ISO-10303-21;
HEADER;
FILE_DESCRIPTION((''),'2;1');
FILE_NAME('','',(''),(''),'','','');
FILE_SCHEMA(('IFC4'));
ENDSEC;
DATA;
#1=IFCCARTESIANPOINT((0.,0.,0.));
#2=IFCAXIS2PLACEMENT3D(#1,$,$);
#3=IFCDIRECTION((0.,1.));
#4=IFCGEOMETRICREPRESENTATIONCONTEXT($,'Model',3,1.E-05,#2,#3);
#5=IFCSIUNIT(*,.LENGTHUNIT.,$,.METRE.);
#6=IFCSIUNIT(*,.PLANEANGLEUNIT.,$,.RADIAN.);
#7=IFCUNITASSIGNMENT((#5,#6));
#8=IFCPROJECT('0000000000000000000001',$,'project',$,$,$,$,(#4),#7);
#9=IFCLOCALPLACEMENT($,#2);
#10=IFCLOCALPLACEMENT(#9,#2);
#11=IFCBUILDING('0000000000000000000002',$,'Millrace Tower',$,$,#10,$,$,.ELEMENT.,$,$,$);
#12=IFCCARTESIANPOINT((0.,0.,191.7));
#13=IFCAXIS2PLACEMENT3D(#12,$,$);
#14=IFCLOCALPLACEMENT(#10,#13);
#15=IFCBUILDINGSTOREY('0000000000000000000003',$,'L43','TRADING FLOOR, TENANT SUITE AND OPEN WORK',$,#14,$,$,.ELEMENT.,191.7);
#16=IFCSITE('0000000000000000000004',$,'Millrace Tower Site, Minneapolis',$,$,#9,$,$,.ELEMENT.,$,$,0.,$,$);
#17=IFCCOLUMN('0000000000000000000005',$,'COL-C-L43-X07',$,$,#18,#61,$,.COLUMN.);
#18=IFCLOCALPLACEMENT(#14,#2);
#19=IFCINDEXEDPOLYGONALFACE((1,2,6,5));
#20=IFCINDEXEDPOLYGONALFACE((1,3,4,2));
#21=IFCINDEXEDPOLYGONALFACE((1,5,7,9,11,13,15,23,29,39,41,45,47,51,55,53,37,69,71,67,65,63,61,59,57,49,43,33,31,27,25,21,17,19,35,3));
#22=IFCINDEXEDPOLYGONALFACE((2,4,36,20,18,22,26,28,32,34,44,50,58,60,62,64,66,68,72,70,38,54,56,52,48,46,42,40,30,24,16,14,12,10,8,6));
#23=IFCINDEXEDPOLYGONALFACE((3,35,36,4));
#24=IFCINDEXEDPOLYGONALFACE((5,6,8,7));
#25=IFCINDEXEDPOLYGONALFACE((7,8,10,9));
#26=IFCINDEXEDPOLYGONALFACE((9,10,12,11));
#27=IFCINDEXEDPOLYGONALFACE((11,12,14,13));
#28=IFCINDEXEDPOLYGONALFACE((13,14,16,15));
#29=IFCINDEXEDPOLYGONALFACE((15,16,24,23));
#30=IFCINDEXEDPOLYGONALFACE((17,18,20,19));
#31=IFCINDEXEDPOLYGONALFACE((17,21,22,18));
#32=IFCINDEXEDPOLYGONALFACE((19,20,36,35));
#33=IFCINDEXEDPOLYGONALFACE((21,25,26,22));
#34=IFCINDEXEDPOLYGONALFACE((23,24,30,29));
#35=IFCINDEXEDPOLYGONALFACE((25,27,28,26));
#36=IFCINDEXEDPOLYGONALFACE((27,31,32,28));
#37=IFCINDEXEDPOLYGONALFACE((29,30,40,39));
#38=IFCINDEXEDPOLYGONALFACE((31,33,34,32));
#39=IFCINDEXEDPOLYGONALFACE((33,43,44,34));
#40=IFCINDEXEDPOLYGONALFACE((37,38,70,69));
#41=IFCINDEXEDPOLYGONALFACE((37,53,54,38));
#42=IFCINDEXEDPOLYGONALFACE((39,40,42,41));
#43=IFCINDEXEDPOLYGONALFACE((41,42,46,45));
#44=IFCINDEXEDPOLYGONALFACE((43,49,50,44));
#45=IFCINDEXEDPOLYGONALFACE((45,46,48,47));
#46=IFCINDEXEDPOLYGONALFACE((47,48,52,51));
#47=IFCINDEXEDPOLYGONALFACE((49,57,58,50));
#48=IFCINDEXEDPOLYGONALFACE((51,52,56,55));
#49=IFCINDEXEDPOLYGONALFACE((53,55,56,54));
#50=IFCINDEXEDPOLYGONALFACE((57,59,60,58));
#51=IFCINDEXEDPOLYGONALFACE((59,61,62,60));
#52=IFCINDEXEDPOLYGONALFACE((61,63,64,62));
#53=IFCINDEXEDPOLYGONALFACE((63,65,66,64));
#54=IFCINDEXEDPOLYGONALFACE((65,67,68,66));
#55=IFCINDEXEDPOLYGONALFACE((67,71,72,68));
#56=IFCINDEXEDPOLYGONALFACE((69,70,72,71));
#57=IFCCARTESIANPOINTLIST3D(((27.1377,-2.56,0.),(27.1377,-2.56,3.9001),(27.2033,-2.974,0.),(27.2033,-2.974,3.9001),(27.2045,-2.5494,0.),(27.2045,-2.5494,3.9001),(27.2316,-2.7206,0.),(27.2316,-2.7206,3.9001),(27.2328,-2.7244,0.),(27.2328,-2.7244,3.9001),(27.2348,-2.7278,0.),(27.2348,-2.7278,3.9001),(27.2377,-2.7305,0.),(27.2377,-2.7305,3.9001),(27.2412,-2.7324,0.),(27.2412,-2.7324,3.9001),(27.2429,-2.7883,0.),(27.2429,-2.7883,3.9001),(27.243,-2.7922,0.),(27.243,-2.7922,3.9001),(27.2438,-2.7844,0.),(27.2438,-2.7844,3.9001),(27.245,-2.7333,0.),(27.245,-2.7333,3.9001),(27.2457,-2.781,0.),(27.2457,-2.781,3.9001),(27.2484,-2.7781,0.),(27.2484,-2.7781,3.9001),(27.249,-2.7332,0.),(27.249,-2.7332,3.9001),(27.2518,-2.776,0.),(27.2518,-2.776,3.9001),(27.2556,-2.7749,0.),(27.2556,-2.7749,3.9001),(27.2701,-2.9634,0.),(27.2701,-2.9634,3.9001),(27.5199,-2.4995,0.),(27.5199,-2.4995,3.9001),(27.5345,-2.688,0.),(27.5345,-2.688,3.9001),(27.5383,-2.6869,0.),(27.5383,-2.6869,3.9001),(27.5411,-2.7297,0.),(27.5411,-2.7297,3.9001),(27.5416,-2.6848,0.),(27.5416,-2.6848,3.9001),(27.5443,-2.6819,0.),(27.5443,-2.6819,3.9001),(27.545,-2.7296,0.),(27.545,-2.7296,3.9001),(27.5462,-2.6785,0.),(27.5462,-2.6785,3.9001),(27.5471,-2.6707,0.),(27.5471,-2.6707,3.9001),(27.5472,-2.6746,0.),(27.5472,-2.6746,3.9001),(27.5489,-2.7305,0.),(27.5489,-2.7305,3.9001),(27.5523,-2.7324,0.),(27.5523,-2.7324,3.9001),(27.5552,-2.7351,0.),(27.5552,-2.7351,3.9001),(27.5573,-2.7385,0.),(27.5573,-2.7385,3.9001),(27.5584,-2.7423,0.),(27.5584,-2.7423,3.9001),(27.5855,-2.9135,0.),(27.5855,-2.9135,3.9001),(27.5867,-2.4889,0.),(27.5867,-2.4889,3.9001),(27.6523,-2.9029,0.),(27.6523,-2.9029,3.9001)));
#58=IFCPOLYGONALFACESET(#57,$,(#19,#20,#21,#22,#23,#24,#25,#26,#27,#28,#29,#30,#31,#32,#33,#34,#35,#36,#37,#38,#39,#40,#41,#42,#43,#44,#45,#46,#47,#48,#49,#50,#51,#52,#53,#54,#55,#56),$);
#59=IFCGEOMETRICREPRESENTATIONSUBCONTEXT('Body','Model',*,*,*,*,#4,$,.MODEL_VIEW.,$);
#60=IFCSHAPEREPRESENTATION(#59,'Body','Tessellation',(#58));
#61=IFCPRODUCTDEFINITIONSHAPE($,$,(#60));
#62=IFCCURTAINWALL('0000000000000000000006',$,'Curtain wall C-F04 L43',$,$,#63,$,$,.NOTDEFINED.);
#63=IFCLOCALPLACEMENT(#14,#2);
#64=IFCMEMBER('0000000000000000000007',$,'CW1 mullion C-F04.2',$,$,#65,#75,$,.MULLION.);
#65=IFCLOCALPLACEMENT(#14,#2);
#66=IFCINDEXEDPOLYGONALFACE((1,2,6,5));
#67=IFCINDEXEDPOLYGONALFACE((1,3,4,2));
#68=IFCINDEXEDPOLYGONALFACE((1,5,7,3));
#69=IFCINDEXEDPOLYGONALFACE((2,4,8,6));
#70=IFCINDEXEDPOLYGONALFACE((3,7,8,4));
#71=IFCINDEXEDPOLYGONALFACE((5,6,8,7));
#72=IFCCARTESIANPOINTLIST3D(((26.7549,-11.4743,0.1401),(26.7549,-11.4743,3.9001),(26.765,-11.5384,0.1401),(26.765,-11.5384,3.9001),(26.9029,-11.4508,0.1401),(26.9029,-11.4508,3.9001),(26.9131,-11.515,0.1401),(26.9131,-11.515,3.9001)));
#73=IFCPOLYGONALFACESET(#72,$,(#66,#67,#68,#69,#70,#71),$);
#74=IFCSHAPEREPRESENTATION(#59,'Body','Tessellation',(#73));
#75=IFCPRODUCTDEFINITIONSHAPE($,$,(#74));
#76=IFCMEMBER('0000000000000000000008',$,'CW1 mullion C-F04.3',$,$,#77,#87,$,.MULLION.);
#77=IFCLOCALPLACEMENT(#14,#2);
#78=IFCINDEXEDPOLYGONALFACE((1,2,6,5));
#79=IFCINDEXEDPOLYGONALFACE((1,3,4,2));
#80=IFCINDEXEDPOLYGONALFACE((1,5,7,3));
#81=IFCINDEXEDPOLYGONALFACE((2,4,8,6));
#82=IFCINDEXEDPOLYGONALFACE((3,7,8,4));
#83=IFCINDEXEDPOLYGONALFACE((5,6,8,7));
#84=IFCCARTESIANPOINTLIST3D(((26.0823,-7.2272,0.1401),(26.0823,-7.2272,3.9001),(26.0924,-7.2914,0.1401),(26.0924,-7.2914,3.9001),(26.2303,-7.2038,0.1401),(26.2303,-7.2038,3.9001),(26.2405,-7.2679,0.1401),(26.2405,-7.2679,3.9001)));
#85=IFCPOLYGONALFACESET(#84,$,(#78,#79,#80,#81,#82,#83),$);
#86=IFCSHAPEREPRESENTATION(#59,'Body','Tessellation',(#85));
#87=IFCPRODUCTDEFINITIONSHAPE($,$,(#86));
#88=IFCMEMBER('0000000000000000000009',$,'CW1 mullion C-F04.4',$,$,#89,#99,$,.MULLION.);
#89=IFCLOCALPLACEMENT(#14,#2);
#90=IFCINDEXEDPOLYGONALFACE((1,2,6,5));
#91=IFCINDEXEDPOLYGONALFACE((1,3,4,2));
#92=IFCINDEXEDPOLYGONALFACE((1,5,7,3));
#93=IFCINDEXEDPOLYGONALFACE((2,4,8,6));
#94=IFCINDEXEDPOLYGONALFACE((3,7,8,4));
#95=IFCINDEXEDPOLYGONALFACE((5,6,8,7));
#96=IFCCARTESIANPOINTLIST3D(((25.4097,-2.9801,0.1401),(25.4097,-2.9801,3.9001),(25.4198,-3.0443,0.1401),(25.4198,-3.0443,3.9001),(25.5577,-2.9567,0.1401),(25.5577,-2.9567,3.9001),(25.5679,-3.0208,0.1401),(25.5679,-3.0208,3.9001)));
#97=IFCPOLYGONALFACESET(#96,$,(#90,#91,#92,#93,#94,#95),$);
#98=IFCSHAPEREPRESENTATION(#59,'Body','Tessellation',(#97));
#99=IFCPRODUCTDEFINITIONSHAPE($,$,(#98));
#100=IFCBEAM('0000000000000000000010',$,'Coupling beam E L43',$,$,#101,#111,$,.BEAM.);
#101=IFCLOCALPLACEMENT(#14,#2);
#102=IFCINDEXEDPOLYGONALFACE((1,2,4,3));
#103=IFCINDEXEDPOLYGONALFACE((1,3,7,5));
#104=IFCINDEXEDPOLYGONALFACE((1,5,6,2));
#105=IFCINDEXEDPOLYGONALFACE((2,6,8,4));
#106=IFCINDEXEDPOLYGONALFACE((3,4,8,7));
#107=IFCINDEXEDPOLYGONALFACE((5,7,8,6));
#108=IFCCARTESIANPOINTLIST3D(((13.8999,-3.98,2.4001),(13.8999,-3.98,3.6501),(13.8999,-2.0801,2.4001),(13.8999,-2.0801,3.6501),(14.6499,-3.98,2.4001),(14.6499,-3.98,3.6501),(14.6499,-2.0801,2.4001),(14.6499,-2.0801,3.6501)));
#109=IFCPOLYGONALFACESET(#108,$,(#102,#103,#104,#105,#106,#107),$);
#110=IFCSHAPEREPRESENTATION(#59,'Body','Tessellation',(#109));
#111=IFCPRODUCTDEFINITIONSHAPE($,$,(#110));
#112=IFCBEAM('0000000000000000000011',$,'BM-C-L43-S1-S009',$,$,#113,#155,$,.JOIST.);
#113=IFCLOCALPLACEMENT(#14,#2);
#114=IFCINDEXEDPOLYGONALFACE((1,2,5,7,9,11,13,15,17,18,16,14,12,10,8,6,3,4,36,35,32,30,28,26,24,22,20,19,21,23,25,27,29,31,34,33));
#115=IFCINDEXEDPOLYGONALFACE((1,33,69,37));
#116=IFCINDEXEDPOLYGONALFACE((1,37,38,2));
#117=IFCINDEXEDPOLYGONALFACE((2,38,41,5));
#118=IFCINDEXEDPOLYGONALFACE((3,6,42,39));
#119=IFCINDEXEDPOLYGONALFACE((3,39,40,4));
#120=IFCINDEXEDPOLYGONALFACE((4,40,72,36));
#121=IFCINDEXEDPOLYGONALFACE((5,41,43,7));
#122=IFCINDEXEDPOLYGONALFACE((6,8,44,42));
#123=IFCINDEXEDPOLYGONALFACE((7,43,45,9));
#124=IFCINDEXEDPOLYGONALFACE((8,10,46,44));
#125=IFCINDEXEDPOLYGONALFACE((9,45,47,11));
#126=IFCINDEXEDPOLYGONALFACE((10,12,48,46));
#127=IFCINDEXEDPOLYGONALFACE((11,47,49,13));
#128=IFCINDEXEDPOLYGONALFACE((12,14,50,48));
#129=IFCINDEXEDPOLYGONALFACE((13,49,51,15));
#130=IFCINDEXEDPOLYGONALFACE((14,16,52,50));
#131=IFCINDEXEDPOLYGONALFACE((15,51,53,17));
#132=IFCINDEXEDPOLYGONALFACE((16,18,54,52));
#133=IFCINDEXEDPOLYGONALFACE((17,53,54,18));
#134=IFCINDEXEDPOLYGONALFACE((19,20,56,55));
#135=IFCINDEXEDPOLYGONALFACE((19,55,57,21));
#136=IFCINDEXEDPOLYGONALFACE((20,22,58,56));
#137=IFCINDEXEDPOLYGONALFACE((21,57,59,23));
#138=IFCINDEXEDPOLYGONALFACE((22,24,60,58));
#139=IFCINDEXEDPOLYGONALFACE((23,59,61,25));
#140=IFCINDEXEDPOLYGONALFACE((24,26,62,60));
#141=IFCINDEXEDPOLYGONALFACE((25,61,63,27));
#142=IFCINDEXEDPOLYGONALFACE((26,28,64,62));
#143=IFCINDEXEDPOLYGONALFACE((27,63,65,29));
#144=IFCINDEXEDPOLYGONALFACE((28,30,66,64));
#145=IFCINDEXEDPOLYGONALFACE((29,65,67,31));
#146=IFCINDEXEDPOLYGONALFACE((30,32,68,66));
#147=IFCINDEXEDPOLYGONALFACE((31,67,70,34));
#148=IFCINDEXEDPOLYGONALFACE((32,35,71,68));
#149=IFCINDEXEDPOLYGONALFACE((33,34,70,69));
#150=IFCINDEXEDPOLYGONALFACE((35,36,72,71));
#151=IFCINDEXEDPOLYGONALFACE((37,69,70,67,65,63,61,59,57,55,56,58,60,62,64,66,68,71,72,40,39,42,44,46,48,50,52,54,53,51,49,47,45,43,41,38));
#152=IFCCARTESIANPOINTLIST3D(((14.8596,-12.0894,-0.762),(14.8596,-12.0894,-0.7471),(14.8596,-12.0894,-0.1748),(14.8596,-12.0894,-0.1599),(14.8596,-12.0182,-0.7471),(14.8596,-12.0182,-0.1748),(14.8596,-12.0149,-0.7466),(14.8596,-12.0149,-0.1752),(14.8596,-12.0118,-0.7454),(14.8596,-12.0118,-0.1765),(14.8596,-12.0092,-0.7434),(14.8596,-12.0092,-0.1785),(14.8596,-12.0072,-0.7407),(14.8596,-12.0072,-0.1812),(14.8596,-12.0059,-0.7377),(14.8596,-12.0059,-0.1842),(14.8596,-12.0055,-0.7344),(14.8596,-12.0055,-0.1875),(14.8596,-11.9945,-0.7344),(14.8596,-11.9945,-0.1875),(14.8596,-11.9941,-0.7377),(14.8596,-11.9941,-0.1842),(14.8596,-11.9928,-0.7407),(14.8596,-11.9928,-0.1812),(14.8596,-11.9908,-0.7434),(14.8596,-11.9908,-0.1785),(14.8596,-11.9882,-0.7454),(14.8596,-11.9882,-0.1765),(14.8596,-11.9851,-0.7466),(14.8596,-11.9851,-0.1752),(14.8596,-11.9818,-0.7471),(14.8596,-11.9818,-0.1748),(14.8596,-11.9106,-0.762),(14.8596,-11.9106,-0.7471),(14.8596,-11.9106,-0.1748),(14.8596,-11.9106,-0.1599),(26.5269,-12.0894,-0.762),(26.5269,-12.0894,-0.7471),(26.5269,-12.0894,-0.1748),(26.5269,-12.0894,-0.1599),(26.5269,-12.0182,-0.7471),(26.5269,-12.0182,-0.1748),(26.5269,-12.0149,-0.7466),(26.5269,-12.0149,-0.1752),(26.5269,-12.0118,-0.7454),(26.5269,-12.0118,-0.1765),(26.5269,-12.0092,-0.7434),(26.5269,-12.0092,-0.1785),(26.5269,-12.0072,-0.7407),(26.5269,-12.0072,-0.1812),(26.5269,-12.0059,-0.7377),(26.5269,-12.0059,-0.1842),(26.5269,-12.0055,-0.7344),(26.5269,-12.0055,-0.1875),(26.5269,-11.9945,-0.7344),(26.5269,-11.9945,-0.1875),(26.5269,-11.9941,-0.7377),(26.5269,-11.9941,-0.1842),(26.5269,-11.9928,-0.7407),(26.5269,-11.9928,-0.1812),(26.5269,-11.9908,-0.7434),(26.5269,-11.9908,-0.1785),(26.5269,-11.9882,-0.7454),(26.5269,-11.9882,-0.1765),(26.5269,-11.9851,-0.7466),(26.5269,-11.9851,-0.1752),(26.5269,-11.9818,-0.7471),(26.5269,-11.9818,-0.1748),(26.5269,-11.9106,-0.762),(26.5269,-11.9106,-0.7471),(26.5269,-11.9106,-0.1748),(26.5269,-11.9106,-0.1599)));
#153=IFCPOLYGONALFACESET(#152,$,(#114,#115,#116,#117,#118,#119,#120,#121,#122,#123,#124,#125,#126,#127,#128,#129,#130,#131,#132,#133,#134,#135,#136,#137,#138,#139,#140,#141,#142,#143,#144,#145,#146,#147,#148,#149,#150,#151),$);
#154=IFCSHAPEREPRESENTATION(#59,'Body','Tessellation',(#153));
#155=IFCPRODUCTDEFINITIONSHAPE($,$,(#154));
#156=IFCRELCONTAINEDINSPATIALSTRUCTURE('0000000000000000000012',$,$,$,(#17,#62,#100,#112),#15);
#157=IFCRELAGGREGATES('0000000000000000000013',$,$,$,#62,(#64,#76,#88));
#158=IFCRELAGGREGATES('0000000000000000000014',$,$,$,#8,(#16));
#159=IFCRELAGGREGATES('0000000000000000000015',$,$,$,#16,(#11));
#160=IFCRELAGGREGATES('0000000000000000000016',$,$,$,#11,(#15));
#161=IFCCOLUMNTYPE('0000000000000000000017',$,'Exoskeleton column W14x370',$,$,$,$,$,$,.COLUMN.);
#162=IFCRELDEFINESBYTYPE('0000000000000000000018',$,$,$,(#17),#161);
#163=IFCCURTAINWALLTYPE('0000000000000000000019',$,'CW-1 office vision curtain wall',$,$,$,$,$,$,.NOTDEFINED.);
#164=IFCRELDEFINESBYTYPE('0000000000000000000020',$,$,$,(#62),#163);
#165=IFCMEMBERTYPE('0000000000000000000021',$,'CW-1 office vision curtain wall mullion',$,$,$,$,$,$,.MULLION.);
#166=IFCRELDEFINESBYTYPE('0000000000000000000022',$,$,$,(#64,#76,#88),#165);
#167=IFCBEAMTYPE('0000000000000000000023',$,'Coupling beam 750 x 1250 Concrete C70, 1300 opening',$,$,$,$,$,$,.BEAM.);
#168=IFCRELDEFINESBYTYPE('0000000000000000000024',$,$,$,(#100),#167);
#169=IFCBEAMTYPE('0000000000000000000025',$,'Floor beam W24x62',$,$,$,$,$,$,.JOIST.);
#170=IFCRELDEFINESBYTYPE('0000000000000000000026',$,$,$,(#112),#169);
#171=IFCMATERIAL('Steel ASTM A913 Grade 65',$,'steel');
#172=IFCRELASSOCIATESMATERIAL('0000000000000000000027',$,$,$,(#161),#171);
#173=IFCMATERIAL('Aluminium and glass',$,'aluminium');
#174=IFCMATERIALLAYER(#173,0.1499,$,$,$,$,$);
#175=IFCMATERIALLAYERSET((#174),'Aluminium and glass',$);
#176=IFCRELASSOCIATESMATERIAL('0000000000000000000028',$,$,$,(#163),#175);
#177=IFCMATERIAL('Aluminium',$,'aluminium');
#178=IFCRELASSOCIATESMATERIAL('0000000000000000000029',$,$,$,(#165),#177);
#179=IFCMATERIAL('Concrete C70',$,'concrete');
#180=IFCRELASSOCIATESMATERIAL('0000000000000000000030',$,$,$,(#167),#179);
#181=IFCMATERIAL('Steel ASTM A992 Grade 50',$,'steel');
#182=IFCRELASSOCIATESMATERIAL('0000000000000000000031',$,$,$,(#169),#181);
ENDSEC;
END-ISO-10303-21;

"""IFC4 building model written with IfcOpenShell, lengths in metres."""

from ifc_helpers import new_model, si_unit, direction, frame, origin, origin_2d, place, context, subcontext, project, spatial, rectangle, i_section, extrude, material, layer, layer_set, material_profile, profile_set, type_object, element, aggregate, save


model = new_model("IFC4")

# Units and contexts
model_context = context("Model", 3, precision=1e-05, world=origin(), true_north=direction((0.0, 1.0)))
body_context = subcontext(model_context, "Body", "Model", "MODEL_VIEW")
ifc_project = project(units=[si_unit("LENGTHUNIT", "METRE"), si_unit("PLANEANGLEUNIT", "RADIAN")], contexts=[model_context])

# Site, building, storey
site_placement = place(None, origin())
site = spatial("IfcSite", under=ifc_project, at=site_placement, Name="Millrace Tower Site, Minneapolis", CompositionType="ELEMENT", RefElevation=0.0)
building_placement = place(site_placement, origin())
building = spatial("IfcBuilding", under=site, at=building_placement, Name="Millrace Tower", CompositionType="ELEMENT")
storey_placement = place(building_placement, frame((0.0, 0.0, 191.7)))
storey = spatial("IfcBuildingStorey", under=building, at=storey_placement, Name="L43", Description="TRADING FLOOR, TENANT SUITE AND OPEN WORK", CompositionType="ELEMENT", Elevation=191.7)

# Column
ifc_material_1 = material(Name="Steel ASTM A913 Grade 65", Category="steel")
ifc_material_profile_1 = material_profile(ifc_material_1, i_section(OverallWidth=0.4192, OverallDepth=0.4546, WebThickness=0.0422, FlangeThickness=0.0676, FilletRadius=0.0151, at=origin_2d()))
ifc_profile_set_1 = profile_set([ifc_material_profile_1], Name="Steel ASTM A913 Grade 65")
column_type = type_object("IfcColumnType", Name="Exoskeleton column W14x370", PredefinedType="COLUMN", material=ifc_profile_set_1)
column_placement = place(storey_placement, frame((27.395, -2.7314, 0.0), z_axis=(0.0, 0.0, 1.0), x_axis=(-0.156434, 0.987688, 0.0)))
element("IfcColumn", 1, at=column_placement, inside=storey, type_object=column_type, Name="COL-C-L43-X07", PredefinedType="COLUMN", context=body_context, shape_type="SweptSolid", body=[
    extrude(i_section(OverallWidth=0.4192, OverallDepth=0.4546, WebThickness=0.0422, FlangeThickness=0.0676, FilletRadius=0.0151, at=origin_2d()), origin(), (0.0, 0.0, 1.0), 3.9001),
])

# Curtain wall, members
ifc_material_2 = material(Name="Aluminium and glass", Category="aluminium")
ifc_layer_1 = layer(ifc_material_2, 0.1499)
ifc_layer_set_1 = layer_set([ifc_layer_1], Name="Aluminium and glass")
curtain_wall_type = type_object("IfcCurtainWallType", Name="CW-1 office vision curtain wall", PredefinedType="NOTDEFINED", material=ifc_layer_set_1)
placement = place(storey_placement, origin())
curtain_wall = element("IfcCurtainWall", 2, at=placement, inside=storey, type_object=curtain_wall_type, Name="Curtain wall C-F04 L43", PredefinedType="NOTDEFINED")
ifc_material_3 = material(Name="Aluminium", Category="aluminium")
ifc_material_profile_2 = material_profile(ifc_material_3, rectangle(XDim=0.0649, YDim=0.1499, at=origin_2d()))
ifc_profile_set_2 = profile_set([ifc_material_profile_2], Name="Aluminium")
member_type = type_object("IfcMemberType", Name="CW-1 office vision curtain wall mullion", PredefinedType="MULLION", material=ifc_profile_set_2)
member_1_placement = place(storey_placement, frame((26.834, -11.4946, 0.1401), z_axis=(0.0, 0.0, 1.0), x_axis=(-0.156434, 0.987688, 0.0)))
member_1 = element("IfcMember", 3, at=member_1_placement, type_object=member_type, Name="CW1 mullion C-F04.2", PredefinedType="MULLION", context=body_context, shape_type="SweptSolid", body=[
    extrude(rectangle(XDim=0.0649, YDim=0.1499, at=origin_2d()), origin(), (0.0, 0.0, 1.0), 3.76),
])
member_2_placement = place(storey_placement, frame((26.1614, -7.2476, 0.1401), z_axis=(0.0, 0.0, 1.0), x_axis=(-0.156434, 0.987688, 0.0)))
member_2 = element("IfcMember", 4, at=member_2_placement, type_object=member_type, Name="CW1 mullion C-F04.3", PredefinedType="MULLION", context=body_context, shape_type="SweptSolid", body=[
    extrude(rectangle(XDim=0.0649, YDim=0.1499, at=origin_2d()), origin(), (0.0, 0.0, 1.0), 3.76),
])
member_3_placement = place(storey_placement, frame((25.4888, -3.0005, 0.1401), z_axis=(0.0, 0.0, 1.0), x_axis=(-0.156434, 0.987688, 0.0)))
member_3 = element("IfcMember", 5, at=member_3_placement, type_object=member_type, Name="CW1 mullion C-F04.4", PredefinedType="MULLION", context=body_context, shape_type="SweptSolid", body=[
    extrude(rectangle(XDim=0.0649, YDim=0.1499, at=origin_2d()), origin(), (0.0, 0.0, 1.0), 3.76),
])
aggregate(curtain_wall, [member_1, member_2, member_3])

# Beams
ifc_material_4 = material(Name="Concrete C70", Category="concrete")
ifc_material_profile_3 = material_profile(ifc_material_4, rectangle(XDim=0.75, YDim=1.25, at=origin_2d()))
ifc_profile_set_3 = profile_set([ifc_material_profile_3], Name="Concrete C70")
beam_type_1 = type_object("IfcBeamType", Name="Coupling beam 750 x 1250 Concrete C70, 1300 opening", PredefinedType="BEAM", material=ifc_profile_set_3)
beam_1_placement = place(storey_placement, frame((14.2749, -2.0801, 3.0251), z_axis=(0.0, -1.0, 0.0), x_axis=(1.0, 0.0, 0.0)))
element("IfcBeam", 6, at=beam_1_placement, inside=storey, type_object=beam_type_1, Name="Coupling beam E L43", PredefinedType="BEAM", context=body_context, shape_type="SweptSolid", body=[
    extrude(rectangle(XDim=0.75, YDim=1.25, at=origin_2d()), origin(), (0.0, 0.0, 1.0), 1.8999),
])
ifc_material_5 = material(Name="Steel ASTM A992 Grade 50", Category="steel")
ifc_material_profile_4 = material_profile(ifc_material_5, i_section(OverallWidth=0.1787, OverallDepth=0.6021, WebThickness=0.011, FlangeThickness=0.0149, FilletRadius=0.0127, at=origin_2d()))
ifc_profile_set_4 = profile_set([ifc_material_profile_4], Name="Steel ASTM A992 Grade 50")
beam_type_2 = type_object("IfcBeamType", Name="Floor beam W24x62", PredefinedType="JOIST", material=ifc_profile_set_4)
beam_2_placement = place(storey_placement, frame((14.8596, -12.0, -0.4609), z_axis=(1.0, 0.0, 0.0), x_axis=(0.0, 1.0, 0.0)))
element("IfcBeam", 7, at=beam_2_placement, inside=storey, type_object=beam_type_2, Name="BM-C-L43-S1-S009", PredefinedType="JOIST", context=body_context, shape_type="SweptSolid", body=[
    extrude(i_section(OverallWidth=0.1787, OverallDepth=0.6021, WebThickness=0.011, FlangeThickness=0.0149, FilletRadius=0.0127, at=origin_2d()), origin(), (0.0, 0.0, 1.0), 11.6672),
])

save(model, "model.ifc")
